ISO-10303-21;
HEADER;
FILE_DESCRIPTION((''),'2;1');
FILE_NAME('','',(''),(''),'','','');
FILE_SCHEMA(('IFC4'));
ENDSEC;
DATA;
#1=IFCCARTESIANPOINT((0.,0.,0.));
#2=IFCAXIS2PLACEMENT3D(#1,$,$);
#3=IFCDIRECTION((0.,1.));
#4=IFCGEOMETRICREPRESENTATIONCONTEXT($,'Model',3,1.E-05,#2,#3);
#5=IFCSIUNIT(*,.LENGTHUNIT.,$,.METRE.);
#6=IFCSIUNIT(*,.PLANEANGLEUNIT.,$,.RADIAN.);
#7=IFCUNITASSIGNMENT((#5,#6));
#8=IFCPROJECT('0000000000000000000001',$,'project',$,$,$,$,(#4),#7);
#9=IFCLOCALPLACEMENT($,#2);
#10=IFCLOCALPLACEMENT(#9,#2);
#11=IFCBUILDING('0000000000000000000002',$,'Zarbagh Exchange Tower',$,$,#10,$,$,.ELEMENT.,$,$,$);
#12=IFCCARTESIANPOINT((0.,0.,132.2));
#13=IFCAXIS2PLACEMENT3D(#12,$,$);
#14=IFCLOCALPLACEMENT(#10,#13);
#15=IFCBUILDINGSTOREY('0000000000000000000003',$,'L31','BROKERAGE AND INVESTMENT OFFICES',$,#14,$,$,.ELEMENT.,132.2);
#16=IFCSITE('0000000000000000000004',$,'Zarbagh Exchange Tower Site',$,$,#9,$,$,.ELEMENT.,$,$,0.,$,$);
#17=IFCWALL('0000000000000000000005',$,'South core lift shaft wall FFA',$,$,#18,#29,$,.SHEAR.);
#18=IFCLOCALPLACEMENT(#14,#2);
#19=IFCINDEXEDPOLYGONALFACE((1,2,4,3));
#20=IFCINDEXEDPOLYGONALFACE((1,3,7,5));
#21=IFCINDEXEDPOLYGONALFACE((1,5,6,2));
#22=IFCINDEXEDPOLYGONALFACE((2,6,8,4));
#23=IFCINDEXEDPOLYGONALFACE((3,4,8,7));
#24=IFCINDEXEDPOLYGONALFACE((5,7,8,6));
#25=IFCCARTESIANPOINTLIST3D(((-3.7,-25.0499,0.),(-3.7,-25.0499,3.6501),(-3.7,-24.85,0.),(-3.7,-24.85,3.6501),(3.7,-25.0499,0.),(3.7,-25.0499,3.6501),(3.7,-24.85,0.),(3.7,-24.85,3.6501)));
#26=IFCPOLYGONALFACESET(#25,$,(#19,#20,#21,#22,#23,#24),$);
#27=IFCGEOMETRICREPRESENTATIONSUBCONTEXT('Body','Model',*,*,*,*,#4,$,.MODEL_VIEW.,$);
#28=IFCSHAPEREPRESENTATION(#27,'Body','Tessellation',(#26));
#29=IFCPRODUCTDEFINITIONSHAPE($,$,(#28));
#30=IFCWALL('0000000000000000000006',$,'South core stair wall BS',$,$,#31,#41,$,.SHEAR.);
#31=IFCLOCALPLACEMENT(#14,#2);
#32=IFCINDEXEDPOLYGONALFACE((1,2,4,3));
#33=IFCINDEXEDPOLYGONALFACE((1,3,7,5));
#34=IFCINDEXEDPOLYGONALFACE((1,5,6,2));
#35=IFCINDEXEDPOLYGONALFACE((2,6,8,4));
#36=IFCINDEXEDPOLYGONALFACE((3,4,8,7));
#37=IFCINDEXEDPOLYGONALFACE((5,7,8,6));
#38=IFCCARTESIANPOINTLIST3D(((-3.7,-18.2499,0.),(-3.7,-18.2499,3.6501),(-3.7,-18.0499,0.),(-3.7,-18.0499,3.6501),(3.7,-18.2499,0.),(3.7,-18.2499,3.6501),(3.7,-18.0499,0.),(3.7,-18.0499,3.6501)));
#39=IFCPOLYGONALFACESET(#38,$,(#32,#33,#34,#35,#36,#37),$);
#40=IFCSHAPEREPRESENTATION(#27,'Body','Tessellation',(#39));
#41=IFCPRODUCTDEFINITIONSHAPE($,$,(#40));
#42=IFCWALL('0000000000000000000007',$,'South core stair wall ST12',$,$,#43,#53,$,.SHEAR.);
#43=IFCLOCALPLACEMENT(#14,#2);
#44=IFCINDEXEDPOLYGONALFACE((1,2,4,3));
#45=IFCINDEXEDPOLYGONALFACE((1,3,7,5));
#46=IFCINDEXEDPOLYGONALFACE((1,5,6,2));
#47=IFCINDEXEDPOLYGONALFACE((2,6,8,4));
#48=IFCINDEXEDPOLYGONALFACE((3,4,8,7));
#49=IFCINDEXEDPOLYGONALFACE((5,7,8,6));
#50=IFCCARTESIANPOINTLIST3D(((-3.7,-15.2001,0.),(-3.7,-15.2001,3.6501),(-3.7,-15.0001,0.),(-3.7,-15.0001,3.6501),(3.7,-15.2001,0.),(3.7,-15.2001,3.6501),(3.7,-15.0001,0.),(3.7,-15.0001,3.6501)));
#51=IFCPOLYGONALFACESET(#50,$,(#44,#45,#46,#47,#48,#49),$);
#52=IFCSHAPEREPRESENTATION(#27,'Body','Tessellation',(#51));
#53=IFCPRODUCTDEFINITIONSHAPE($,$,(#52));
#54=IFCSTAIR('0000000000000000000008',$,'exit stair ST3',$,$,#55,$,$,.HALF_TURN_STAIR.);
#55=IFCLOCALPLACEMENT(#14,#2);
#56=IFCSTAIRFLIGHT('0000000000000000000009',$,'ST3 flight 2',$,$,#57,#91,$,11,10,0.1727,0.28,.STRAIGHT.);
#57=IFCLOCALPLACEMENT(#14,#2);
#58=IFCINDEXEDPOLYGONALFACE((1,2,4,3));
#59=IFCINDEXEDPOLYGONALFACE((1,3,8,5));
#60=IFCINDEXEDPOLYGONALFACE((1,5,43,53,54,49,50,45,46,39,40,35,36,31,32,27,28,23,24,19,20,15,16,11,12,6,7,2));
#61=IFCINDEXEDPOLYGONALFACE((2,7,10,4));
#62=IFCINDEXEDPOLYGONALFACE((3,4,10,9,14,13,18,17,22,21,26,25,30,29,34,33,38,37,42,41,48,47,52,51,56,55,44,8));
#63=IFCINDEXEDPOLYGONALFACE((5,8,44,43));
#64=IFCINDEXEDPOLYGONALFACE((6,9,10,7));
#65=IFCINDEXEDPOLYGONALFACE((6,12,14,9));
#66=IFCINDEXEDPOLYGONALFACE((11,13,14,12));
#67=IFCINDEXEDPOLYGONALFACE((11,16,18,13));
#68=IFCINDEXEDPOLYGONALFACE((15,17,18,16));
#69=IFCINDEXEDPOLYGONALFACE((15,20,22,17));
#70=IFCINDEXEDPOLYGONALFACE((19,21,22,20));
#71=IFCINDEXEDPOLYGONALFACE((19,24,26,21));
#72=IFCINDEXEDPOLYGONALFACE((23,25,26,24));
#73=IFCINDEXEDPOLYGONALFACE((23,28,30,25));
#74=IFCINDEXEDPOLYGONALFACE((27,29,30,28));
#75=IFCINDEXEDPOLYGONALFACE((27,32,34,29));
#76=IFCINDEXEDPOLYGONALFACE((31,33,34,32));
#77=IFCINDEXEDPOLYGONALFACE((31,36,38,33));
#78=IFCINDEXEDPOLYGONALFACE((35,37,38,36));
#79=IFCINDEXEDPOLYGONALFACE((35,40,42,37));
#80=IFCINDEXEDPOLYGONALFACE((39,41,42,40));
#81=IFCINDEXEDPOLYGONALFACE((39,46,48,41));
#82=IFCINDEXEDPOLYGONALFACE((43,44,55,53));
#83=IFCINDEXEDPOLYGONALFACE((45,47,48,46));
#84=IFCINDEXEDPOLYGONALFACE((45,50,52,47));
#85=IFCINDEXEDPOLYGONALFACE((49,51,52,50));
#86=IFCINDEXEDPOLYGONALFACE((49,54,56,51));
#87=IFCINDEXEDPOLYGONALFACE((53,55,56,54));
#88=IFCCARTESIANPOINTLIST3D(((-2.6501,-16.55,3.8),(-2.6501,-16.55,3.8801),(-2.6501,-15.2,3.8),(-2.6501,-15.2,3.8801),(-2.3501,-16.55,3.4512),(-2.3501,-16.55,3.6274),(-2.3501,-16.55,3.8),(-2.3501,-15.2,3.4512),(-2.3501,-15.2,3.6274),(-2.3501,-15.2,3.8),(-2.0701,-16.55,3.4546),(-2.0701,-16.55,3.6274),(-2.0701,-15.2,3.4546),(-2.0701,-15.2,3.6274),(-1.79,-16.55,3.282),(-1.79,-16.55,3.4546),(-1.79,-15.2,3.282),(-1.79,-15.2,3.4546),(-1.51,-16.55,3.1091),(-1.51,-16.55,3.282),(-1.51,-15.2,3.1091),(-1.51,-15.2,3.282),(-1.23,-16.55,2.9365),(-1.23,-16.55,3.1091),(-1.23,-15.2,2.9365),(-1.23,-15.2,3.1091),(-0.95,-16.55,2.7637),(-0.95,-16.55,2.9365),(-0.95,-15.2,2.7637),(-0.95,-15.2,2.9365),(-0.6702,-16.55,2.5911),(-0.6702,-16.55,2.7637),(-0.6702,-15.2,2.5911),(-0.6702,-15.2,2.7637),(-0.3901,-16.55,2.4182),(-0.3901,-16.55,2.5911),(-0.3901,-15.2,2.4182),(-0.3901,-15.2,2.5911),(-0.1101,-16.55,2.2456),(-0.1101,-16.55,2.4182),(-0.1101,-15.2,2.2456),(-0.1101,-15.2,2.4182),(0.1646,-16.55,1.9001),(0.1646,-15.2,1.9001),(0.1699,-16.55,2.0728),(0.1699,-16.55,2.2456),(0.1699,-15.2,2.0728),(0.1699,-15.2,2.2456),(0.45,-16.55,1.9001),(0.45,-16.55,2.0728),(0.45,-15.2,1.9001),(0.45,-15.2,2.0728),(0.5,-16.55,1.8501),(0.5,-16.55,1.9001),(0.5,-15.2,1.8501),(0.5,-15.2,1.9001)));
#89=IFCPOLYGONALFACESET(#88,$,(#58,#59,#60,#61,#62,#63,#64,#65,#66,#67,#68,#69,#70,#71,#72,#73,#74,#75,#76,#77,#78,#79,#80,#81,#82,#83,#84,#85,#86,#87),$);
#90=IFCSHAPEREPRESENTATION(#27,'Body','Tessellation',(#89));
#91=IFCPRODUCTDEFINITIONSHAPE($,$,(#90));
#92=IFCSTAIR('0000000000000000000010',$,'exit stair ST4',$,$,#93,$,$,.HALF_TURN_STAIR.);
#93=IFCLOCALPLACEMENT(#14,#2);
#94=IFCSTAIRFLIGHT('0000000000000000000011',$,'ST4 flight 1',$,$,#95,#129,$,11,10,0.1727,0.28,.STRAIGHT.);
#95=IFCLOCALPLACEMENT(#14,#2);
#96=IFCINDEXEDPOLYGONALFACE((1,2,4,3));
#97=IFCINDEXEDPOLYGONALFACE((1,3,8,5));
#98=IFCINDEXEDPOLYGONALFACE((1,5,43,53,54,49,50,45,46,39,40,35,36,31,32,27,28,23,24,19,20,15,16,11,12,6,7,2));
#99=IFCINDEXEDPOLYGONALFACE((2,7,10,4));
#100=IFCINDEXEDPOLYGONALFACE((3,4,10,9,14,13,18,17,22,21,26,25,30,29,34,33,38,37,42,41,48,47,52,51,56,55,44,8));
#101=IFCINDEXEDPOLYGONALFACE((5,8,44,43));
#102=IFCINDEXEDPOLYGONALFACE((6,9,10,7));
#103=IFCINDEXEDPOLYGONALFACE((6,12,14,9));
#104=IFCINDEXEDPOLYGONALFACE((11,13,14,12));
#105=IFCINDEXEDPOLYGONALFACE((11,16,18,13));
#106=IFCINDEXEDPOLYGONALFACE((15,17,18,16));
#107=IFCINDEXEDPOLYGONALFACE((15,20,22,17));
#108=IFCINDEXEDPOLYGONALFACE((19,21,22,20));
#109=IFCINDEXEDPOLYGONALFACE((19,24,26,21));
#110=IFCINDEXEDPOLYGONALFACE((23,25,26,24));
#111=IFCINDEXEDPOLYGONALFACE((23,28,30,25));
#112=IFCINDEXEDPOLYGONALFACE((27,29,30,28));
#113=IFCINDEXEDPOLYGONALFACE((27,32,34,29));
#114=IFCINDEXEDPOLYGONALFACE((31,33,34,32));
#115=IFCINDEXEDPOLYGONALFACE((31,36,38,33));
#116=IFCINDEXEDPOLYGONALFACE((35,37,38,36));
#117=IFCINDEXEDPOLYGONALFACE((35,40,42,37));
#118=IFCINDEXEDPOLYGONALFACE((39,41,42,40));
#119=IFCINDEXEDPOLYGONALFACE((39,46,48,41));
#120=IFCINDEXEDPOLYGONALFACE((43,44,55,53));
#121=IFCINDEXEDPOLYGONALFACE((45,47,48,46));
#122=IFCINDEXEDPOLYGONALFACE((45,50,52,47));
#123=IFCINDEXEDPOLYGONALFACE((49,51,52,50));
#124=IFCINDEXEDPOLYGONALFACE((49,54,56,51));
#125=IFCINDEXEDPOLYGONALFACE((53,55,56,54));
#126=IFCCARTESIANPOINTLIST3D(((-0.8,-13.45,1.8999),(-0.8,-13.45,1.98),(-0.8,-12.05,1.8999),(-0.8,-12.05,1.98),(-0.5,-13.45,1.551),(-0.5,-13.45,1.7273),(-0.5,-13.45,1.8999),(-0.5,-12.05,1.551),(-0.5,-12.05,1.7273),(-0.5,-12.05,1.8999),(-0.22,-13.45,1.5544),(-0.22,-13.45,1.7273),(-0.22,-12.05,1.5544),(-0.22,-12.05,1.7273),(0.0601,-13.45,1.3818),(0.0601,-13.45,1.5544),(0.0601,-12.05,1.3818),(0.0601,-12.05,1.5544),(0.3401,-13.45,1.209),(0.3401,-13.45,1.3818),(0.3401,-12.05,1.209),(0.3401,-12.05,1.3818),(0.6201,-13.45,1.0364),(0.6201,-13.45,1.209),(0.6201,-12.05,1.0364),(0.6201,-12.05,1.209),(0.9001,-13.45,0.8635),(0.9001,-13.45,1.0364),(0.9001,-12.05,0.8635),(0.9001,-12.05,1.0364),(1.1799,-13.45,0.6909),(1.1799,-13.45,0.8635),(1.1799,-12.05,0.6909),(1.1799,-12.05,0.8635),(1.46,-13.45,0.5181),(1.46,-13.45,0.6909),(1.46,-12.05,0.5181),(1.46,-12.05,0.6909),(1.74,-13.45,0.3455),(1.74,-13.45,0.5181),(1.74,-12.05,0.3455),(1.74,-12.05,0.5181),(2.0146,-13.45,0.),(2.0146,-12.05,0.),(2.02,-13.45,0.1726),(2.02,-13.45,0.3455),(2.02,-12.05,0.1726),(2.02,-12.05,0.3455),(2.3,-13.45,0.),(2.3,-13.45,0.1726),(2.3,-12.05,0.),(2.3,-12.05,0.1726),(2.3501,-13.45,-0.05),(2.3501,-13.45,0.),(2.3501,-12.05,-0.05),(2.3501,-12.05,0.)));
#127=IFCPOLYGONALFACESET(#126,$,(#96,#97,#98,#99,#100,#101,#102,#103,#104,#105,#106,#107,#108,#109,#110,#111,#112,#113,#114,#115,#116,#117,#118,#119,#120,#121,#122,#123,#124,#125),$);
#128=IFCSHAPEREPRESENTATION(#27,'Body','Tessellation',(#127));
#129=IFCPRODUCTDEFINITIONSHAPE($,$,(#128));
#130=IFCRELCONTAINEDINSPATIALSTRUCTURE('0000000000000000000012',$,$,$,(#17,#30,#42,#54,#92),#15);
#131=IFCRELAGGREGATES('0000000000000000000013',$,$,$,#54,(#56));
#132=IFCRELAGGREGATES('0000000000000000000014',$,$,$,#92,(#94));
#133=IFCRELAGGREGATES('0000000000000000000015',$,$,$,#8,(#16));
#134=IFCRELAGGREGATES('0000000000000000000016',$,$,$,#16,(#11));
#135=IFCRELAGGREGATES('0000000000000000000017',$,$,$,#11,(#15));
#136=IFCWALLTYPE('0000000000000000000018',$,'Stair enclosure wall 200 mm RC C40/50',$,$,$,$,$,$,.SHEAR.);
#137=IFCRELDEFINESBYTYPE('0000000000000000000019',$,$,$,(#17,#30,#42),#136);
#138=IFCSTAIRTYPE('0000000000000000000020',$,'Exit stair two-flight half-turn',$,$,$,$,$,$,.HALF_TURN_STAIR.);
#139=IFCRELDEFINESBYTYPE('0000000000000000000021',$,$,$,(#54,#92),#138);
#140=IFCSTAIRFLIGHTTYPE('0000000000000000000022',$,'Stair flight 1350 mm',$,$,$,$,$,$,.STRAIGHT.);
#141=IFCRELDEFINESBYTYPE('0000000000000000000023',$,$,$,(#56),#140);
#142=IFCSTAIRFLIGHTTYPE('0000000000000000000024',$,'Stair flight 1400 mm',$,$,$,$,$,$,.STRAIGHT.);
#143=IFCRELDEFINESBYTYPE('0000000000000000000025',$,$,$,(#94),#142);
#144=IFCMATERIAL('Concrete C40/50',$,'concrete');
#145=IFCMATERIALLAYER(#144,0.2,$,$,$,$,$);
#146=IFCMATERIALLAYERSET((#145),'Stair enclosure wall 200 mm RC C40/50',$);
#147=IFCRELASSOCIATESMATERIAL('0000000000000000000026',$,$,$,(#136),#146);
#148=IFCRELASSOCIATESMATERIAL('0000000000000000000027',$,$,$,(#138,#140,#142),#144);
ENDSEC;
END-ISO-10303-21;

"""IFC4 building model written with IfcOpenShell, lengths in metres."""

from ifc_helpers import new_model, si_unit, direction, frame, frame_2d, origin, place, context, subcontext, project, spatial, polyline, rectangle, outline, extrude, material, layer, layer_set, type_object, element, aggregate, save


model = new_model("IFC4")

# Units and contexts
model_context = context("Model", 3, precision=1e-05, world=origin(), true_north=direction((0.0, 1.0)))
body_context = subcontext(model_context, "Body", "Model", "MODEL_VIEW")
ifc_project = project(units=[si_unit("LENGTHUNIT", "METRE"), si_unit("PLANEANGLEUNIT", "RADIAN")], contexts=[model_context])

# Site, building, storey
site_placement = place(None, origin())
site = spatial("IfcSite", under=ifc_project, at=site_placement, Name="Zarbagh Exchange Tower Site", CompositionType="ELEMENT", RefElevation=0.0)
building_placement = place(site_placement, origin())
building = spatial("IfcBuilding", under=site, at=building_placement, Name="Zarbagh Exchange Tower", CompositionType="ELEMENT")
storey_placement = place(building_placement, frame((0.0, 0.0, 132.2)))
storey = spatial("IfcBuildingStorey", under=building, at=storey_placement, Name="L31", Description="BROKERAGE AND INVESTMENT OFFICES", CompositionType="ELEMENT", Elevation=132.2)

# Walls
ifc_material_1 = material(Name="Concrete C40/50", Category="concrete")
ifc_layer_1 = layer(ifc_material_1, 0.2)
ifc_layer_set_1 = layer_set([ifc_layer_1], Name="Stair enclosure wall 200 mm RC C40/50")
wall_type_1 = type_object("IfcWallType", Name="Stair enclosure wall 200 mm RC C40/50", PredefinedType="SHEAR", material=ifc_layer_set_1)
for number, where, z_axis, x_axis, name in (
    (1, (3.7, -24.95, 0.0), (0.0, 0.0, 1.0), (-1.0, 0.0, 0.0), "South core lift shaft wall FFA"),
    (2, (3.7, -18.1499, 0.0), (0.0, 0.0, 1.0), (-1.0, 0.0, 0.0), "South core stair wall BS"),
    (3, (3.7, -15.1001, 0.0), (0.0, 0.0, 1.0), (-1.0, 0.0, 0.0), "South core stair wall ST12"),
):
    element("IfcWall", number, at=place(storey_placement, frame(where, z_axis=z_axis, x_axis=x_axis)), inside=storey, type_object=wall_type_1, Name=name, PredefinedType="SHEAR", context=body_context, shape_type="SweptSolid", body=[
        extrude(rectangle(XDim=7.3999, YDim=0.2, at=frame_2d((3.7, 0.0))), origin(), (0.0, 0.0, 1.0), 3.6501),
    ])

# Stairs, stair flights
stair_type = type_object("IfcStairType", Name="Exit stair two-flight half-turn", PredefinedType="HALF_TURN_STAIR", material=ifc_material_1)
stair_1_placement = place(storey_placement, origin())
stair_1 = element("IfcStair", 4, at=stair_1_placement, inside=storey, type_object=stair_type, Name="exit stair ST3", PredefinedType="HALF_TURN_STAIR")
stair_flight_type_1 = type_object("IfcStairFlightType", Name="Stair flight 1350 mm", PredefinedType="STRAIGHT", material=ifc_material_1)
stair_flight_1_placement = place(storey_placement, frame((0.45, -15.875, 1.9001), z_axis=(0.0, 0.0, 1.0), x_axis=(-1.0, 0.0, 0.0)))
stair_flight_1 = element("IfcStairFlight", 5, at=stair_flight_1_placement, type_object=stair_flight_type_1, Name="ST3 flight 2", NumberOfRisers=11, NumberOfTreads=10, PredefinedType="STRAIGHT", RiserHeight=0.1727, TreadLength=0.28, context=body_context, shape_type="SweptSolid", body=[
    extrude(outline(polyline([(-0.05, -0.05), (-0.05, 0.0), (0.0, 0.0), (0.0, 0.1726), (0.28, 0.1726), (0.28, 0.3455), (0.5601, 0.3455), (0.5601, 0.5181), (0.8401, 0.5181), (0.8401, 0.6909), (1.1201, 0.6909), (1.1201, 0.8635), (1.3999, 0.8635), (1.3999, 1.0364), (1.6799, 1.0364), (1.6799, 1.209), (1.96, 1.209), (1.96, 1.3818), (2.24, 1.3818), (2.24, 1.5544), (2.52, 1.5544), (2.52, 1.7273), (2.8, 1.7273), (2.8, 1.8999), (3.1001, 1.98), (3.1001, 1.8999), (2.8, 1.551), (0.2854, 0.0), (-0.05, -0.05)])), frame((0.0, 0.675, 0.0), z_axis=(0.0, -1.0, 0.0), x_axis=(1.0, 0.0, 0.0)), (0.0, 0.0, 1.0), 1.3501),
])
aggregate(stair_1, [stair_flight_1])
stair_2_placement = place(storey_placement, origin())
stair_2 = element("IfcStair", 6, at=stair_2_placement, inside=storey, type_object=stair_type, Name="exit stair ST4", PredefinedType="HALF_TURN_STAIR")
stair_flight_type_2 = type_object("IfcStairFlightType", Name="Stair flight 1400 mm", PredefinedType="STRAIGHT", material=ifc_material_1)
stair_flight_2_placement = place(storey_placement, frame((2.3, -12.75, 0.0), z_axis=(0.0, 0.0, 1.0), x_axis=(-1.0, 0.0, 0.0)))
stair_flight_2 = element("IfcStairFlight", 7, at=stair_flight_2_placement, type_object=stair_flight_type_2, Name="ST4 flight 1", NumberOfRisers=11, NumberOfTreads=10, PredefinedType="STRAIGHT", RiserHeight=0.1727, TreadLength=0.28, context=body_context, shape_type="SweptSolid", body=[
    extrude(outline(polyline([(-0.05, -0.05), (-0.05, 0.0), (0.0, 0.0), (0.0, 0.1726), (0.28, 0.1726), (0.28, 0.3455), (0.5601, 0.3455), (0.5601, 0.5181), (0.8401, 0.5181), (0.8401, 0.6909), (1.1201, 0.6909), (1.1201, 0.8635), (1.3999, 0.8635), (1.3999, 1.0364), (1.6799, 1.0364), (1.6799, 1.209), (1.96, 1.209), (1.96, 1.3818), (2.24, 1.3818), (2.24, 1.5544), (2.52, 1.5544), (2.52, 1.7273), (2.8, 1.7273), (2.8, 1.8999), (3.1001, 1.98), (3.1001, 1.8999), (2.8, 1.551), (0.2854, 0.0), (-0.05, -0.05)])), frame((0.0, 0.7, 0.0), z_axis=(0.0, -1.0, 0.0), x_axis=(1.0, 0.0, 0.0)), (0.0, 0.0, 1.0), 1.3999),
])
aggregate(stair_2, [stair_flight_2])

save(model, "model.ifc")
